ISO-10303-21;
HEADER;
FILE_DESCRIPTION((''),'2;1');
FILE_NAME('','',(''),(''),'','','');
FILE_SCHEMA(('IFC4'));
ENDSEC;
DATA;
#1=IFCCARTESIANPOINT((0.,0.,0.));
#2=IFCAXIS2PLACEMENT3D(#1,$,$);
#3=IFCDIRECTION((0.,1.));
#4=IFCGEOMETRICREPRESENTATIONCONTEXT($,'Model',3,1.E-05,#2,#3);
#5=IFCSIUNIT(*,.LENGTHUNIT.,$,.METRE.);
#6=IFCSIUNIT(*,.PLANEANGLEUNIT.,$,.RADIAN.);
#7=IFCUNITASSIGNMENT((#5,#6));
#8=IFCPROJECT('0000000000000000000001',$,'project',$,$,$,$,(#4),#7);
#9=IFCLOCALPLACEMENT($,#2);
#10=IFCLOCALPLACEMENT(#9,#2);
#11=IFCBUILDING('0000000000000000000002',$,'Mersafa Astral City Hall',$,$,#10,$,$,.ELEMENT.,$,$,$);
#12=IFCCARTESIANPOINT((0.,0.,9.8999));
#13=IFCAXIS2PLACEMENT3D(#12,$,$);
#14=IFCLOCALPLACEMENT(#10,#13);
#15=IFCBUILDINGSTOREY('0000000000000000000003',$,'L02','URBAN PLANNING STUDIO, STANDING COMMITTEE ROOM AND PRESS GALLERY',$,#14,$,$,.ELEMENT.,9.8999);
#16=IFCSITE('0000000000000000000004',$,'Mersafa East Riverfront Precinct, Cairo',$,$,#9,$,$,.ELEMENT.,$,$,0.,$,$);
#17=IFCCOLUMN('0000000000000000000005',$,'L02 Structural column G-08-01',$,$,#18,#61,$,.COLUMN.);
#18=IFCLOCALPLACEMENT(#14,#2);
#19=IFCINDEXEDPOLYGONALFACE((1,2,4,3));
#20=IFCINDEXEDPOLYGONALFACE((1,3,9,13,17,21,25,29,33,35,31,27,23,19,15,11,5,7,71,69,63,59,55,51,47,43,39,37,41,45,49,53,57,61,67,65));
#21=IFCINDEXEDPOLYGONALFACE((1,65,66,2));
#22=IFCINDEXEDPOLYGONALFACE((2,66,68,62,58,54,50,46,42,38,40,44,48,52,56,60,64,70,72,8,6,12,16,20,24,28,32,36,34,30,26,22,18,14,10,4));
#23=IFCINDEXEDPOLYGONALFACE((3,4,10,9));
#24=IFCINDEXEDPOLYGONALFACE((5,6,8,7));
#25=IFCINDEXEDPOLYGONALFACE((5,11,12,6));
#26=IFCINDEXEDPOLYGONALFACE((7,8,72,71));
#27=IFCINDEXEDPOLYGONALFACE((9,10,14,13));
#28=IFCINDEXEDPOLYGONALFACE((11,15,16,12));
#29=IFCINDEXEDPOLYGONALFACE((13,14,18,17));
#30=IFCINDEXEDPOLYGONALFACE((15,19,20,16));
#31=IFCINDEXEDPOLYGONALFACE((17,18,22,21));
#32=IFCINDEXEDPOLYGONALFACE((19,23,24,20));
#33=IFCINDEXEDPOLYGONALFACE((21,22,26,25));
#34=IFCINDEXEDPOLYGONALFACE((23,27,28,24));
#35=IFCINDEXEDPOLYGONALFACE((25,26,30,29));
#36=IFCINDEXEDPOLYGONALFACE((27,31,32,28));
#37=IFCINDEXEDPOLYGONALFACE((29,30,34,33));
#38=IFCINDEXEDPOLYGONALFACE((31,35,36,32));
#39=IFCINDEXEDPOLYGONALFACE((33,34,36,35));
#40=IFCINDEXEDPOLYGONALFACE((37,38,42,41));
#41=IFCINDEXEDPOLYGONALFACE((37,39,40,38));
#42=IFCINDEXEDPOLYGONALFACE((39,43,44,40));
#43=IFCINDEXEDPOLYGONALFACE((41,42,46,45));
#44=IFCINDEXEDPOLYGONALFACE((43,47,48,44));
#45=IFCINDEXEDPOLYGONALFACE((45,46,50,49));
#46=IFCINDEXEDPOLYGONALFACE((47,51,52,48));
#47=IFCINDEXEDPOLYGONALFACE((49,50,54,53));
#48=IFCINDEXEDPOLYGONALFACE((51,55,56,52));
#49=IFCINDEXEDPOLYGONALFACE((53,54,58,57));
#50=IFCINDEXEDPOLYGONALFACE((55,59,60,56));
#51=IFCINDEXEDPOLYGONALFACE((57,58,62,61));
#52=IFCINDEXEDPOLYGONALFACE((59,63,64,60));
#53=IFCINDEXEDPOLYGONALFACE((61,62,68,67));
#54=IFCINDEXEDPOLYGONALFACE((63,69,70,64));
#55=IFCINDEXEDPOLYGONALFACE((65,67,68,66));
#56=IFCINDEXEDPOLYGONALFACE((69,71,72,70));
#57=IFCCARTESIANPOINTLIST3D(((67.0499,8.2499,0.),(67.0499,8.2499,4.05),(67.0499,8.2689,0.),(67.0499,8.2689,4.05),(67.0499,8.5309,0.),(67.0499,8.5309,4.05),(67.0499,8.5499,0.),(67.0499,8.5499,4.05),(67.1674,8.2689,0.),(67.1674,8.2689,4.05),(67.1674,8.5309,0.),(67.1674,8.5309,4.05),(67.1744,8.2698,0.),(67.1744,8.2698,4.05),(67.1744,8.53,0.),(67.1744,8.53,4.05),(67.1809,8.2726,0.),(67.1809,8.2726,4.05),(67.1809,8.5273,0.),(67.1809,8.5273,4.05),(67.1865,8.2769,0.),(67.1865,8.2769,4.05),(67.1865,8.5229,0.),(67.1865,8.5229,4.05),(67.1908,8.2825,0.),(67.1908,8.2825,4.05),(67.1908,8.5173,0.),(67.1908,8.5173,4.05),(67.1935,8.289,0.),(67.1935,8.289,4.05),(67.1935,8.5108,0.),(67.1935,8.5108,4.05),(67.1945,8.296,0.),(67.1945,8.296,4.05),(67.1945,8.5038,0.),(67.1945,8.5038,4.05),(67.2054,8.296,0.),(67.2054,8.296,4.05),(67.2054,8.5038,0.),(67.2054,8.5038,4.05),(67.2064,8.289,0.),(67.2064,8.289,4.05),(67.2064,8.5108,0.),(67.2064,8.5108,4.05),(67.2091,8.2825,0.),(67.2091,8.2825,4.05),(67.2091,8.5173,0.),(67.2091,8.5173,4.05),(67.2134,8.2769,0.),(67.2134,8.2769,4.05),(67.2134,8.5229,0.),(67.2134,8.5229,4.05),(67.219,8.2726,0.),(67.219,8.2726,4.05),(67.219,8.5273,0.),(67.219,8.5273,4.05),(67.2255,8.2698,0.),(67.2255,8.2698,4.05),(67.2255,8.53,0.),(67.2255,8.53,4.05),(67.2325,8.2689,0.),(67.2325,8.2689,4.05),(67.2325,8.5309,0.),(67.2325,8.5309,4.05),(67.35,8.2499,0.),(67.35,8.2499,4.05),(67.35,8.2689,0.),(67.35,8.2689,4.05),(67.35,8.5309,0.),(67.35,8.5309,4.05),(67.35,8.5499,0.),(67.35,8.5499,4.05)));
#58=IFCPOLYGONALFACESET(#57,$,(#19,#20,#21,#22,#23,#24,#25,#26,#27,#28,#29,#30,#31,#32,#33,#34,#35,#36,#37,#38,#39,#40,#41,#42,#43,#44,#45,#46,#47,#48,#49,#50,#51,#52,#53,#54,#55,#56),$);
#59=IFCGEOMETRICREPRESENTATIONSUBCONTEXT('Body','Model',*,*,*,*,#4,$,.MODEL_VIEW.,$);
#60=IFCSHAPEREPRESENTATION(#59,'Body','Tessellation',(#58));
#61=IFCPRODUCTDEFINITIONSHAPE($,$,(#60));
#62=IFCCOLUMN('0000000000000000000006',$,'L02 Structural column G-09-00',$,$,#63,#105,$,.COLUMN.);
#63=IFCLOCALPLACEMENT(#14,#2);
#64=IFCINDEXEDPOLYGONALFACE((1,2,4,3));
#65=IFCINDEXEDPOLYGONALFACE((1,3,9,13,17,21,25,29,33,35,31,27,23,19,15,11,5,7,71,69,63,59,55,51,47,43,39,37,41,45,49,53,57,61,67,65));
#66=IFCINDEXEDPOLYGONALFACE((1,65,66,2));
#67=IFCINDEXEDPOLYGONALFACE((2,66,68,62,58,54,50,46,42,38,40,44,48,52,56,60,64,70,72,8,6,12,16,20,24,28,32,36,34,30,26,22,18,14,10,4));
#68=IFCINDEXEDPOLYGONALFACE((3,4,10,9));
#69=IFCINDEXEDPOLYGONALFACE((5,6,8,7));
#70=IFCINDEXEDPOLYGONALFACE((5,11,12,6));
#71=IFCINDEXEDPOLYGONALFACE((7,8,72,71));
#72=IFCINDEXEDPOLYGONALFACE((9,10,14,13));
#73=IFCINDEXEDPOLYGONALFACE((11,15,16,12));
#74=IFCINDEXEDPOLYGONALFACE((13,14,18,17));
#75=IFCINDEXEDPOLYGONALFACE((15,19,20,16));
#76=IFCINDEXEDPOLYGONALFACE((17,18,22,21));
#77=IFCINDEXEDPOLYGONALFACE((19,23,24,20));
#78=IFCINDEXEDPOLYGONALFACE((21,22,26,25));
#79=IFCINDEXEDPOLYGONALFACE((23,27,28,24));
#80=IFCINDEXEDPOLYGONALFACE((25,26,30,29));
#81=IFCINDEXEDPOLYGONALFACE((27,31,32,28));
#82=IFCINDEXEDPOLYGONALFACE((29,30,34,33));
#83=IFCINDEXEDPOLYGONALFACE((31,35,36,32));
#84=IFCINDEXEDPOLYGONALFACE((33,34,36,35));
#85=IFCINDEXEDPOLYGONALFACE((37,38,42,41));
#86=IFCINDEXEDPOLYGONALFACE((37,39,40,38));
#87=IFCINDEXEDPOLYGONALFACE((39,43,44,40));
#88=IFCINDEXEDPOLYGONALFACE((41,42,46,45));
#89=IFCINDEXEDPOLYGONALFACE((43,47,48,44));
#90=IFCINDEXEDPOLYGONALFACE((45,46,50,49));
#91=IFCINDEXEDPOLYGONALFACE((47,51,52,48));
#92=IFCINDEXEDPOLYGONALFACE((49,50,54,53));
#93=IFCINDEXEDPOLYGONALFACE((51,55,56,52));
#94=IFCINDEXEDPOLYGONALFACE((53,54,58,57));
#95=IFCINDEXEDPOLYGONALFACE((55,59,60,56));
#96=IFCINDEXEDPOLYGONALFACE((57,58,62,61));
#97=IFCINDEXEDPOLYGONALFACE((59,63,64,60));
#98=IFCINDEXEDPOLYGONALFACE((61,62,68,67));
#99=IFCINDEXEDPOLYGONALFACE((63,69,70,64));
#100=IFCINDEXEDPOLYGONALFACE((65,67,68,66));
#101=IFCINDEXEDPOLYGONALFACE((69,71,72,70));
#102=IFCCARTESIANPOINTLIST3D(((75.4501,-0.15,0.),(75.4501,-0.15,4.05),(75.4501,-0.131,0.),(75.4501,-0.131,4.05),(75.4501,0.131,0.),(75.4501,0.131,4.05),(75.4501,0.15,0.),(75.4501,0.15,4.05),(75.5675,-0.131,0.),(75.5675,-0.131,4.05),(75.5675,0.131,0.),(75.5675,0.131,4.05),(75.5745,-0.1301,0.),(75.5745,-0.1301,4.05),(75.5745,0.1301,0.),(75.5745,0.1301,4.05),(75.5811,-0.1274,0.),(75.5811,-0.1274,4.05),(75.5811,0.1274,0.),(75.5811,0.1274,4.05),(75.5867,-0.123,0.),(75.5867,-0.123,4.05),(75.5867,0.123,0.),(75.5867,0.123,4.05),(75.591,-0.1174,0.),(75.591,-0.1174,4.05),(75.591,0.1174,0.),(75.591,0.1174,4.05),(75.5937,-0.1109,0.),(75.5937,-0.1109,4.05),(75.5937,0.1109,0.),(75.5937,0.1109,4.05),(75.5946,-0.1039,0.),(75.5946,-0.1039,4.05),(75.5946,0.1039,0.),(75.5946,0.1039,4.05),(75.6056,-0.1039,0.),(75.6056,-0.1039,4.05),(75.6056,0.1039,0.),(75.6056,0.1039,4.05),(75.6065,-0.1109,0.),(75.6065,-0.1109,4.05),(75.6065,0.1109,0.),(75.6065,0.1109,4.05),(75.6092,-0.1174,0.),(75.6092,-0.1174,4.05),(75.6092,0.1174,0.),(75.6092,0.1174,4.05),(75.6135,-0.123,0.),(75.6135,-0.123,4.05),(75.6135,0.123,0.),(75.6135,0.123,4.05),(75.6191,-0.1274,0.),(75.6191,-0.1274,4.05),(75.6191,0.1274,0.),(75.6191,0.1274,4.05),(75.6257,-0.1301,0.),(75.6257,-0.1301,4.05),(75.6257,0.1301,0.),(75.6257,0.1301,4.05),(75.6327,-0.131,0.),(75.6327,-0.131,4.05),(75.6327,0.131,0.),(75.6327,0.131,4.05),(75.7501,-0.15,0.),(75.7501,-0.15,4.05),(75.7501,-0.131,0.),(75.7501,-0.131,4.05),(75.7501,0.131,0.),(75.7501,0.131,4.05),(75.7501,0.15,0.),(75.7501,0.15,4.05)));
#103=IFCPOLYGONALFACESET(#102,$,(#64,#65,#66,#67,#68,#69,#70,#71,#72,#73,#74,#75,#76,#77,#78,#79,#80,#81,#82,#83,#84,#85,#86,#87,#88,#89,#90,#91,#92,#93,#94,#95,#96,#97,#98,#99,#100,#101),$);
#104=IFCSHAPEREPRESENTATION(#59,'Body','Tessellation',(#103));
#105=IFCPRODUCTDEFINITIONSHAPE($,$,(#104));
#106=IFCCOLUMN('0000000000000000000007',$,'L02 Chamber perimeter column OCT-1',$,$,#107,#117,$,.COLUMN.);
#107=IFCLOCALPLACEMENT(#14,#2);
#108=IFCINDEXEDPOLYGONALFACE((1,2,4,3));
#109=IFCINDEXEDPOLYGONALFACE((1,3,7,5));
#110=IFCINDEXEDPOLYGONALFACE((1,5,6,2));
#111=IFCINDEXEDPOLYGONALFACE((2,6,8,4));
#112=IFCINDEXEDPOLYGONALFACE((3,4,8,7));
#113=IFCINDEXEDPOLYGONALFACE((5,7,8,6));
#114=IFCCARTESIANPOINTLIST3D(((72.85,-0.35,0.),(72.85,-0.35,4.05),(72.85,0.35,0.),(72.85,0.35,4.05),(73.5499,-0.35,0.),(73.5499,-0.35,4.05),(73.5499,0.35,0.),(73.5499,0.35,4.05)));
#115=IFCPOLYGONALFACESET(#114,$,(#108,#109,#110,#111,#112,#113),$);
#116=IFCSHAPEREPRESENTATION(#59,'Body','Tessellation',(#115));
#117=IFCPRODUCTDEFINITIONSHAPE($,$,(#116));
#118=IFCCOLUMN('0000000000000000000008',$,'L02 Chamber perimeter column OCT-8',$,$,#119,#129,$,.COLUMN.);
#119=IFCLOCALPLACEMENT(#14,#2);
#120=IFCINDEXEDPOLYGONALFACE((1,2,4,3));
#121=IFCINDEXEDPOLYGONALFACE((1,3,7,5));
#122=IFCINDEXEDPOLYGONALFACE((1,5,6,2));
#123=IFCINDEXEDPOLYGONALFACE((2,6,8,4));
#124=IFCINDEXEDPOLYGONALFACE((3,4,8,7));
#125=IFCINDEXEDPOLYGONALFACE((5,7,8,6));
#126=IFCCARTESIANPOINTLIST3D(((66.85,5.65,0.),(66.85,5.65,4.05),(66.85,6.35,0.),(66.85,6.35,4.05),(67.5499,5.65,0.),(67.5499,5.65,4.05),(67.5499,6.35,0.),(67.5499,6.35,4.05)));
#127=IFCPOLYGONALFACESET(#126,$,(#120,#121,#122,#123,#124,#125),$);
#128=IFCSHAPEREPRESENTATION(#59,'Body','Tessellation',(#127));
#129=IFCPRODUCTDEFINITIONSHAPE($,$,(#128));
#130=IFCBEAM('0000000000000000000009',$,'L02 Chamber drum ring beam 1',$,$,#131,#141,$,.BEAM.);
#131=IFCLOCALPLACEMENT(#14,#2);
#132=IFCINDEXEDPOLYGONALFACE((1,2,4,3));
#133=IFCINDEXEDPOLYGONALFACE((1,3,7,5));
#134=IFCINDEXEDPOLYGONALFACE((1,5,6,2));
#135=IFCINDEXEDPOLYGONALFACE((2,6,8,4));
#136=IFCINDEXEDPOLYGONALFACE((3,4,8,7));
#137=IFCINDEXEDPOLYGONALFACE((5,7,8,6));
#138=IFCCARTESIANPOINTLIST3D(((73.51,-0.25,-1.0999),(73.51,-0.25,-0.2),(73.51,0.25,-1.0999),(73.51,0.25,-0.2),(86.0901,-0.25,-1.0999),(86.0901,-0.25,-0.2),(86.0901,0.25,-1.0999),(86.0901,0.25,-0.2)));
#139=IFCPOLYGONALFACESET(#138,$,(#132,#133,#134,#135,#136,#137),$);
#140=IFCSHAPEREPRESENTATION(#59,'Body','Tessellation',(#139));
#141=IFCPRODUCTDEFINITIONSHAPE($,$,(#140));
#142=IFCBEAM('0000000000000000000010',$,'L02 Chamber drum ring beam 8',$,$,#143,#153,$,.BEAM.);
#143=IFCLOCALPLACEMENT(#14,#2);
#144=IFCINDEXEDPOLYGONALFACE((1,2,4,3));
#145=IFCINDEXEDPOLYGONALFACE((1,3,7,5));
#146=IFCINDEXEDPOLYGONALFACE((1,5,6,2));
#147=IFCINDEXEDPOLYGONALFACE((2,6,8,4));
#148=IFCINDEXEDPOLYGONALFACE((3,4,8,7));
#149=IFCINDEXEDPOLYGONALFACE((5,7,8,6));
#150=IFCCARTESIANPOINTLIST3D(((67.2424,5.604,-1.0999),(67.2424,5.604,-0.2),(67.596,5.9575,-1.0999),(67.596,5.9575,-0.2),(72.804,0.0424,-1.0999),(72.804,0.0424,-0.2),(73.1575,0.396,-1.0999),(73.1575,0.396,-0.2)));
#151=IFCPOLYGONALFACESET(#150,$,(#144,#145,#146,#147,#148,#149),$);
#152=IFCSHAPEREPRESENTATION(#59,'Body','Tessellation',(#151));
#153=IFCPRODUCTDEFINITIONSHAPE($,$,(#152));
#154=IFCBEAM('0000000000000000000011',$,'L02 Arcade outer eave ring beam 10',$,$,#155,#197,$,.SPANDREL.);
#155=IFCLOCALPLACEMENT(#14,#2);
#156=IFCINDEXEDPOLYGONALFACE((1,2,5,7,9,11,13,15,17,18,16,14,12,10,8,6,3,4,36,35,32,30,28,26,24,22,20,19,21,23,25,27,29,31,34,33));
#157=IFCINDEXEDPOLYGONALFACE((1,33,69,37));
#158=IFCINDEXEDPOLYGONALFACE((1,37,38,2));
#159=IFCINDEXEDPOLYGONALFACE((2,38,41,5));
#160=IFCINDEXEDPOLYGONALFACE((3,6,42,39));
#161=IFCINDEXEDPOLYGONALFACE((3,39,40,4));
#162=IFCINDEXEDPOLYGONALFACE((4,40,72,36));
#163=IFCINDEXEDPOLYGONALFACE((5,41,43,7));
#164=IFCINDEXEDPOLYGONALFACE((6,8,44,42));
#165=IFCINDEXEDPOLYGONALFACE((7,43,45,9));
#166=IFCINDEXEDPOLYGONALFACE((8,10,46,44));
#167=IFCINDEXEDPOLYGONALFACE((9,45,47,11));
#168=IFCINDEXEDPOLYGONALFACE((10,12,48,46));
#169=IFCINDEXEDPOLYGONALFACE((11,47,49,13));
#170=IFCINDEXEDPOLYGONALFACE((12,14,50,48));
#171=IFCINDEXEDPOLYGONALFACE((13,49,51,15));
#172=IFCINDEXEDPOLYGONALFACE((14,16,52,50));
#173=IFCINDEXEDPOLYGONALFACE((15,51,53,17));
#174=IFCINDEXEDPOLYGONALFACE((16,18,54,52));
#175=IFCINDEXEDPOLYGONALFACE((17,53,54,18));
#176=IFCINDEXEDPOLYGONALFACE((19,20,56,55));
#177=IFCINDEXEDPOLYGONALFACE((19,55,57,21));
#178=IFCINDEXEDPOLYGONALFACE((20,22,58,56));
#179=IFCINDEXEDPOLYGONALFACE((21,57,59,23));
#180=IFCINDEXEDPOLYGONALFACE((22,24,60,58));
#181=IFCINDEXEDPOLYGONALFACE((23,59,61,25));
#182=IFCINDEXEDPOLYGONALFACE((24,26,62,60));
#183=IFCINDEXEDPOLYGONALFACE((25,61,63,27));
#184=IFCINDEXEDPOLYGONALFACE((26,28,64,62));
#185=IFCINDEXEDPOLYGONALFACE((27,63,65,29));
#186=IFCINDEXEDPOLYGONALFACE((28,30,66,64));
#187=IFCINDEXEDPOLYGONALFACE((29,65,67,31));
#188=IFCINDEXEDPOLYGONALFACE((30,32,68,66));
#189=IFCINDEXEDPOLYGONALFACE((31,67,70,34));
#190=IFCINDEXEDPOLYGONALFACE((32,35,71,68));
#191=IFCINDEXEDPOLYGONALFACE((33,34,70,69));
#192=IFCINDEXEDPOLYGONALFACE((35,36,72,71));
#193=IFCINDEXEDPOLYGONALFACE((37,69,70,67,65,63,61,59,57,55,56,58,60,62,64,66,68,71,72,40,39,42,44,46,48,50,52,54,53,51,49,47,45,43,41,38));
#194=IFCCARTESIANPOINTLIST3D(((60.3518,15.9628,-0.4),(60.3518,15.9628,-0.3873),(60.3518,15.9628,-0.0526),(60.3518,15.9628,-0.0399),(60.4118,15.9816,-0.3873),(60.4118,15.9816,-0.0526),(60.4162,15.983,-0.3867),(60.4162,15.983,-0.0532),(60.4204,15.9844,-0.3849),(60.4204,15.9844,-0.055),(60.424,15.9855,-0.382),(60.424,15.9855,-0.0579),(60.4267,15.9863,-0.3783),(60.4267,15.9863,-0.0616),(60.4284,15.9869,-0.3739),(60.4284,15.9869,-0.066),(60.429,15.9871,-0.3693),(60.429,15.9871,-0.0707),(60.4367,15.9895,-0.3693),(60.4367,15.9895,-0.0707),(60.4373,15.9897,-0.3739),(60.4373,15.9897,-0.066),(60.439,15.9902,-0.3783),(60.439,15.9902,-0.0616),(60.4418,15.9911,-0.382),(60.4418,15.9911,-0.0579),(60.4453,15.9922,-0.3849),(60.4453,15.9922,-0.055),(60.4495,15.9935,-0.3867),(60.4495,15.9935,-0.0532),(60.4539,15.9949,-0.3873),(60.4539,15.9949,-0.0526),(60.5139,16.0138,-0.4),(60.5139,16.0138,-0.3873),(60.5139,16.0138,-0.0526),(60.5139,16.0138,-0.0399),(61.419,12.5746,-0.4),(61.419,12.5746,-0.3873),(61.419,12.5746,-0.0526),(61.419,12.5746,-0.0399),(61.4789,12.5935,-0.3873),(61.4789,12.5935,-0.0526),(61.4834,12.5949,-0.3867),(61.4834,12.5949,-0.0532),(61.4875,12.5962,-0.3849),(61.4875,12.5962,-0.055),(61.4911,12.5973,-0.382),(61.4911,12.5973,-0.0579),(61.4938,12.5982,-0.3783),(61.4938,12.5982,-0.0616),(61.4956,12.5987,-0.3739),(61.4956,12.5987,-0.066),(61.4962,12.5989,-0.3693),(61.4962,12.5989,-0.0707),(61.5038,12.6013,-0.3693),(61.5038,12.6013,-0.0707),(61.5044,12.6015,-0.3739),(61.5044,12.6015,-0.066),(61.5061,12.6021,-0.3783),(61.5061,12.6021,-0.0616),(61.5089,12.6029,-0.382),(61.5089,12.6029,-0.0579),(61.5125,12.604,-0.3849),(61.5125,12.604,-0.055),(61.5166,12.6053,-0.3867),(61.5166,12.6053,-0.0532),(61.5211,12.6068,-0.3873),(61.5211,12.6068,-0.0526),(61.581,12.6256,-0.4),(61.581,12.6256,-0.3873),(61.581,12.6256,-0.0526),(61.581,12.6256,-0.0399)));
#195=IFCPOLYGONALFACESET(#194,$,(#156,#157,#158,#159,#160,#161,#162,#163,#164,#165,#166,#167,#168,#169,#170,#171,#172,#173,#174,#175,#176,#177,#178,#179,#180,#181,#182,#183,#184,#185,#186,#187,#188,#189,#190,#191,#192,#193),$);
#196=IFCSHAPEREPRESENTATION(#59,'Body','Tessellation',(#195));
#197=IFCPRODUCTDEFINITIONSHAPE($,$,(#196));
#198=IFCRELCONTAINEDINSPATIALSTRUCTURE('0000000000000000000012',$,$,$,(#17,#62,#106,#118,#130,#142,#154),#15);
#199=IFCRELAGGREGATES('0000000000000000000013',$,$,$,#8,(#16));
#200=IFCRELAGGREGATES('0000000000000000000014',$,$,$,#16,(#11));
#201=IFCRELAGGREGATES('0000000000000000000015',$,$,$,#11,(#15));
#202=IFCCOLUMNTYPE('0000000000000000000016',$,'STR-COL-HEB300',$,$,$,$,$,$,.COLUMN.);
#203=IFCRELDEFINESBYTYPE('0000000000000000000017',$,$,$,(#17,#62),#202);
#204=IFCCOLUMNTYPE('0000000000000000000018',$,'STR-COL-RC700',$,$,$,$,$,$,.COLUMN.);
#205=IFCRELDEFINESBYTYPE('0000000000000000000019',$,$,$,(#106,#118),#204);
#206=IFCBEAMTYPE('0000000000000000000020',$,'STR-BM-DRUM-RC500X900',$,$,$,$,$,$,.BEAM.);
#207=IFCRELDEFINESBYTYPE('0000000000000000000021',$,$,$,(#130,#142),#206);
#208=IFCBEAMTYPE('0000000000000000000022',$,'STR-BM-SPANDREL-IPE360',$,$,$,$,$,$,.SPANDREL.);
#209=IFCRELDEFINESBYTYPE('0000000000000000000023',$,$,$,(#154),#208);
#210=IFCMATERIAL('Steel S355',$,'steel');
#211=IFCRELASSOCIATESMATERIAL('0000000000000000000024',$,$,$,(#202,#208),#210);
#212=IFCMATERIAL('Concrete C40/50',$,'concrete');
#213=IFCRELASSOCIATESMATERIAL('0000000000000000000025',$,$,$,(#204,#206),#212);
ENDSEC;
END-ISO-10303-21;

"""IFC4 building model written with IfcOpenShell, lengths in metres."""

from ifc_helpers import new_model, si_unit, direction, frame, origin, origin_2d, place, context, subcontext, project, spatial, rectangle, i_section, extrude, material, material_profile, profile_set, type_object, element, save


model = new_model("IFC4")

# Units and contexts
model_context = context("Model", 3, precision=1e-05, world=origin(), true_north=direction((0.0, 1.0)))
body_context = subcontext(model_context, "Body", "Model", "MODEL_VIEW")
ifc_project = project(units=[si_unit("LENGTHUNIT", "METRE"), si_unit("PLANEANGLEUNIT", "RADIAN")], contexts=[model_context])

# Site, building, storey
site_placement = place(None, origin())
site = spatial("IfcSite", under=ifc_project, at=site_placement, Name="Mersafa East Riverfront Precinct, Cairo", CompositionType="ELEMENT", RefElevation=0.0)
building_placement = place(site_placement, origin())
building = spatial("IfcBuilding", under=site, at=building_placement, Name="Mersafa Astral City Hall", CompositionType="ELEMENT")
storey_placement = place(building_placement, frame((0.0, 0.0, 9.8999)))
storey = spatial("IfcBuildingStorey", under=building, at=storey_placement, Name="L02", Description="URBAN PLANNING STUDIO, STANDING COMMITTEE ROOM AND PRESS GALLERY", CompositionType="ELEMENT", Elevation=9.8999)

# Columns
ifc_material_1 = material(Name="Steel S355", Category="steel")
ifc_material_profile_1 = material_profile(ifc_material_1, i_section(OverallWidth=0.3, OverallDepth=0.3, WebThickness=0.011, FlangeThickness=0.019, FilletRadius=0.0271, at=origin_2d()), Name="HEB 300")
ifc_profile_set_1 = profile_set([ifc_material_profile_1], Name="Steel S355")
column_type_1 = type_object("IfcColumnType", Name="STR-COL-HEB300", PredefinedType="COLUMN", material=ifc_profile_set_1)
for number, where, z_axis, x_axis, name in (
    (1, (67.2, 8.3999, 0.0), (0.0, 0.0, 1.0), (1.0, 0.0, 0.0), "L02 Structural column G-08-01"),
    (2, (75.6001, 0.0, 0.0), (0.0, 0.0, 1.0), (1.0, 0.0, 0.0), "L02 Structural column G-09-00"),
):
    element("IfcColumn", number, at=place(storey_placement, frame(where, z_axis=z_axis, x_axis=x_axis)), inside=storey, type_object=column_type_1, Name=name, PredefinedType="COLUMN", context=body_context, shape_type="SweptSolid", body=[
        extrude(i_section(OverallWidth=0.3, OverallDepth=0.3, WebThickness=0.011, FlangeThickness=0.019, FilletRadius=0.0271, at=origin_2d()), origin(), (0.0, 0.0, 1.0), 4.05),
    ])
ifc_material_2 = material(Name="Concrete C40/50", Category="concrete")
ifc_material_profile_2 = material_profile(ifc_material_2, rectangle(XDim=0.7, YDim=0.7, at=origin_2d()), Name="RC 700x700")
ifc_profile_set_2 = profile_set([ifc_material_profile_2], Name="Concrete C40/50")
column_type_2 = type_object("IfcColumnType", Name="STR-COL-RC700", PredefinedType="COLUMN", material=ifc_profile_set_2)
for number, where, z_axis, x_axis, name in (
    (3, (73.2, 0.0, 0.0), (0.0, 0.0, 1.0), (1.0, 0.0, 0.0), "L02 Chamber perimeter column OCT-1"),
    (4, (67.2, 6.0, 0.0), (0.0, 0.0, 1.0), (1.0, 0.0, 0.0), "L02 Chamber perimeter column OCT-8"),
):
    element("IfcColumn", number, at=place(storey_placement, frame(where, z_axis=z_axis, x_axis=x_axis)), inside=storey, type_object=column_type_2, Name=name, PredefinedType="COLUMN", context=body_context, shape_type="SweptSolid", body=[
        extrude(rectangle(XDim=0.7, YDim=0.7, at=origin_2d()), origin(), (0.0, 0.0, 1.0), 4.05),
    ])

# Beams
ifc_material_profile_3 = material_profile(ifc_material_2, rectangle(XDim=0.5, YDim=0.8999, at=origin_2d()), Name="RC 500x900")
ifc_profile_set_3 = profile_set([ifc_material_profile_3], Name="Concrete C40/50")
beam_type_1 = type_object("IfcBeamType", Name="STR-BM-DRUM-RC500X900", PredefinedType="BEAM", material=ifc_profile_set_3)
beam_1_placement = place(storey_placement, frame((73.51, 0.0, -0.6499), z_axis=(1.0, 0.0, 0.0), x_axis=(0.0, 1.0, 0.0)))
element("IfcBeam", 5, at=beam_1_placement, inside=storey, type_object=beam_type_1, Name="L02 Chamber drum ring beam 1", PredefinedType="BEAM", context=body_context, shape_type="SweptSolid", body=[
    extrude(rectangle(XDim=0.5, YDim=0.8999, at=origin_2d()), origin(), (0.0, 0.0, 1.0), 12.5801),
])
beam_2_placement = place(storey_placement, frame((67.4192, 5.7808, -0.6499), z_axis=(0.707107, -0.707107, 0.0), x_axis=(0.707107, 0.707107, 0.0)))
element("IfcBeam", 6, at=beam_2_placement, inside=storey, type_object=beam_type_1, Name="L02 Chamber drum ring beam 8", PredefinedType="BEAM", context=body_context, shape_type="SweptSolid", body=[
    extrude(rectangle(XDim=0.5, YDim=0.8999, at=origin_2d()), origin(), (0.0, 0.0, 1.0), 7.8652),
])
ifc_material_profile_4 = material_profile(ifc_material_1, i_section(OverallWidth=0.1699, OverallDepth=0.3601, WebThickness=0.0081, FlangeThickness=0.0127, FilletRadius=0.0181, at=origin_2d()), Name="IPE 360")
ifc_profile_set_4 = profile_set([ifc_material_profile_4], Name="Steel S355")
beam_type_2 = type_object("IfcBeamType", Name="STR-BM-SPANDREL-IPE360", PredefinedType="SPANDREL", material=ifc_profile_set_4)
beam_3_placement = place(storey_placement, frame((60.4329, 15.9883, -0.22), z_axis=(0.300411, -0.95381, 0.0), x_axis=(0.95381, 0.300411, 0.0)))
element("IfcBeam", 7, at=beam_3_placement, inside=storey, type_object=beam_type_2, Name="L02 Arcade outer eave ring beam 10", PredefinedType="SPANDREL", context=body_context, shape_type="SweptSolid", body=[
    extrude(i_section(OverallWidth=0.1699, OverallDepth=0.3601, WebThickness=0.0081, FlangeThickness=0.0127, FilletRadius=0.0181, at=origin_2d()), origin(), (0.0, 0.0, 1.0), 3.5522),
])

save(model, "model.ifc")
